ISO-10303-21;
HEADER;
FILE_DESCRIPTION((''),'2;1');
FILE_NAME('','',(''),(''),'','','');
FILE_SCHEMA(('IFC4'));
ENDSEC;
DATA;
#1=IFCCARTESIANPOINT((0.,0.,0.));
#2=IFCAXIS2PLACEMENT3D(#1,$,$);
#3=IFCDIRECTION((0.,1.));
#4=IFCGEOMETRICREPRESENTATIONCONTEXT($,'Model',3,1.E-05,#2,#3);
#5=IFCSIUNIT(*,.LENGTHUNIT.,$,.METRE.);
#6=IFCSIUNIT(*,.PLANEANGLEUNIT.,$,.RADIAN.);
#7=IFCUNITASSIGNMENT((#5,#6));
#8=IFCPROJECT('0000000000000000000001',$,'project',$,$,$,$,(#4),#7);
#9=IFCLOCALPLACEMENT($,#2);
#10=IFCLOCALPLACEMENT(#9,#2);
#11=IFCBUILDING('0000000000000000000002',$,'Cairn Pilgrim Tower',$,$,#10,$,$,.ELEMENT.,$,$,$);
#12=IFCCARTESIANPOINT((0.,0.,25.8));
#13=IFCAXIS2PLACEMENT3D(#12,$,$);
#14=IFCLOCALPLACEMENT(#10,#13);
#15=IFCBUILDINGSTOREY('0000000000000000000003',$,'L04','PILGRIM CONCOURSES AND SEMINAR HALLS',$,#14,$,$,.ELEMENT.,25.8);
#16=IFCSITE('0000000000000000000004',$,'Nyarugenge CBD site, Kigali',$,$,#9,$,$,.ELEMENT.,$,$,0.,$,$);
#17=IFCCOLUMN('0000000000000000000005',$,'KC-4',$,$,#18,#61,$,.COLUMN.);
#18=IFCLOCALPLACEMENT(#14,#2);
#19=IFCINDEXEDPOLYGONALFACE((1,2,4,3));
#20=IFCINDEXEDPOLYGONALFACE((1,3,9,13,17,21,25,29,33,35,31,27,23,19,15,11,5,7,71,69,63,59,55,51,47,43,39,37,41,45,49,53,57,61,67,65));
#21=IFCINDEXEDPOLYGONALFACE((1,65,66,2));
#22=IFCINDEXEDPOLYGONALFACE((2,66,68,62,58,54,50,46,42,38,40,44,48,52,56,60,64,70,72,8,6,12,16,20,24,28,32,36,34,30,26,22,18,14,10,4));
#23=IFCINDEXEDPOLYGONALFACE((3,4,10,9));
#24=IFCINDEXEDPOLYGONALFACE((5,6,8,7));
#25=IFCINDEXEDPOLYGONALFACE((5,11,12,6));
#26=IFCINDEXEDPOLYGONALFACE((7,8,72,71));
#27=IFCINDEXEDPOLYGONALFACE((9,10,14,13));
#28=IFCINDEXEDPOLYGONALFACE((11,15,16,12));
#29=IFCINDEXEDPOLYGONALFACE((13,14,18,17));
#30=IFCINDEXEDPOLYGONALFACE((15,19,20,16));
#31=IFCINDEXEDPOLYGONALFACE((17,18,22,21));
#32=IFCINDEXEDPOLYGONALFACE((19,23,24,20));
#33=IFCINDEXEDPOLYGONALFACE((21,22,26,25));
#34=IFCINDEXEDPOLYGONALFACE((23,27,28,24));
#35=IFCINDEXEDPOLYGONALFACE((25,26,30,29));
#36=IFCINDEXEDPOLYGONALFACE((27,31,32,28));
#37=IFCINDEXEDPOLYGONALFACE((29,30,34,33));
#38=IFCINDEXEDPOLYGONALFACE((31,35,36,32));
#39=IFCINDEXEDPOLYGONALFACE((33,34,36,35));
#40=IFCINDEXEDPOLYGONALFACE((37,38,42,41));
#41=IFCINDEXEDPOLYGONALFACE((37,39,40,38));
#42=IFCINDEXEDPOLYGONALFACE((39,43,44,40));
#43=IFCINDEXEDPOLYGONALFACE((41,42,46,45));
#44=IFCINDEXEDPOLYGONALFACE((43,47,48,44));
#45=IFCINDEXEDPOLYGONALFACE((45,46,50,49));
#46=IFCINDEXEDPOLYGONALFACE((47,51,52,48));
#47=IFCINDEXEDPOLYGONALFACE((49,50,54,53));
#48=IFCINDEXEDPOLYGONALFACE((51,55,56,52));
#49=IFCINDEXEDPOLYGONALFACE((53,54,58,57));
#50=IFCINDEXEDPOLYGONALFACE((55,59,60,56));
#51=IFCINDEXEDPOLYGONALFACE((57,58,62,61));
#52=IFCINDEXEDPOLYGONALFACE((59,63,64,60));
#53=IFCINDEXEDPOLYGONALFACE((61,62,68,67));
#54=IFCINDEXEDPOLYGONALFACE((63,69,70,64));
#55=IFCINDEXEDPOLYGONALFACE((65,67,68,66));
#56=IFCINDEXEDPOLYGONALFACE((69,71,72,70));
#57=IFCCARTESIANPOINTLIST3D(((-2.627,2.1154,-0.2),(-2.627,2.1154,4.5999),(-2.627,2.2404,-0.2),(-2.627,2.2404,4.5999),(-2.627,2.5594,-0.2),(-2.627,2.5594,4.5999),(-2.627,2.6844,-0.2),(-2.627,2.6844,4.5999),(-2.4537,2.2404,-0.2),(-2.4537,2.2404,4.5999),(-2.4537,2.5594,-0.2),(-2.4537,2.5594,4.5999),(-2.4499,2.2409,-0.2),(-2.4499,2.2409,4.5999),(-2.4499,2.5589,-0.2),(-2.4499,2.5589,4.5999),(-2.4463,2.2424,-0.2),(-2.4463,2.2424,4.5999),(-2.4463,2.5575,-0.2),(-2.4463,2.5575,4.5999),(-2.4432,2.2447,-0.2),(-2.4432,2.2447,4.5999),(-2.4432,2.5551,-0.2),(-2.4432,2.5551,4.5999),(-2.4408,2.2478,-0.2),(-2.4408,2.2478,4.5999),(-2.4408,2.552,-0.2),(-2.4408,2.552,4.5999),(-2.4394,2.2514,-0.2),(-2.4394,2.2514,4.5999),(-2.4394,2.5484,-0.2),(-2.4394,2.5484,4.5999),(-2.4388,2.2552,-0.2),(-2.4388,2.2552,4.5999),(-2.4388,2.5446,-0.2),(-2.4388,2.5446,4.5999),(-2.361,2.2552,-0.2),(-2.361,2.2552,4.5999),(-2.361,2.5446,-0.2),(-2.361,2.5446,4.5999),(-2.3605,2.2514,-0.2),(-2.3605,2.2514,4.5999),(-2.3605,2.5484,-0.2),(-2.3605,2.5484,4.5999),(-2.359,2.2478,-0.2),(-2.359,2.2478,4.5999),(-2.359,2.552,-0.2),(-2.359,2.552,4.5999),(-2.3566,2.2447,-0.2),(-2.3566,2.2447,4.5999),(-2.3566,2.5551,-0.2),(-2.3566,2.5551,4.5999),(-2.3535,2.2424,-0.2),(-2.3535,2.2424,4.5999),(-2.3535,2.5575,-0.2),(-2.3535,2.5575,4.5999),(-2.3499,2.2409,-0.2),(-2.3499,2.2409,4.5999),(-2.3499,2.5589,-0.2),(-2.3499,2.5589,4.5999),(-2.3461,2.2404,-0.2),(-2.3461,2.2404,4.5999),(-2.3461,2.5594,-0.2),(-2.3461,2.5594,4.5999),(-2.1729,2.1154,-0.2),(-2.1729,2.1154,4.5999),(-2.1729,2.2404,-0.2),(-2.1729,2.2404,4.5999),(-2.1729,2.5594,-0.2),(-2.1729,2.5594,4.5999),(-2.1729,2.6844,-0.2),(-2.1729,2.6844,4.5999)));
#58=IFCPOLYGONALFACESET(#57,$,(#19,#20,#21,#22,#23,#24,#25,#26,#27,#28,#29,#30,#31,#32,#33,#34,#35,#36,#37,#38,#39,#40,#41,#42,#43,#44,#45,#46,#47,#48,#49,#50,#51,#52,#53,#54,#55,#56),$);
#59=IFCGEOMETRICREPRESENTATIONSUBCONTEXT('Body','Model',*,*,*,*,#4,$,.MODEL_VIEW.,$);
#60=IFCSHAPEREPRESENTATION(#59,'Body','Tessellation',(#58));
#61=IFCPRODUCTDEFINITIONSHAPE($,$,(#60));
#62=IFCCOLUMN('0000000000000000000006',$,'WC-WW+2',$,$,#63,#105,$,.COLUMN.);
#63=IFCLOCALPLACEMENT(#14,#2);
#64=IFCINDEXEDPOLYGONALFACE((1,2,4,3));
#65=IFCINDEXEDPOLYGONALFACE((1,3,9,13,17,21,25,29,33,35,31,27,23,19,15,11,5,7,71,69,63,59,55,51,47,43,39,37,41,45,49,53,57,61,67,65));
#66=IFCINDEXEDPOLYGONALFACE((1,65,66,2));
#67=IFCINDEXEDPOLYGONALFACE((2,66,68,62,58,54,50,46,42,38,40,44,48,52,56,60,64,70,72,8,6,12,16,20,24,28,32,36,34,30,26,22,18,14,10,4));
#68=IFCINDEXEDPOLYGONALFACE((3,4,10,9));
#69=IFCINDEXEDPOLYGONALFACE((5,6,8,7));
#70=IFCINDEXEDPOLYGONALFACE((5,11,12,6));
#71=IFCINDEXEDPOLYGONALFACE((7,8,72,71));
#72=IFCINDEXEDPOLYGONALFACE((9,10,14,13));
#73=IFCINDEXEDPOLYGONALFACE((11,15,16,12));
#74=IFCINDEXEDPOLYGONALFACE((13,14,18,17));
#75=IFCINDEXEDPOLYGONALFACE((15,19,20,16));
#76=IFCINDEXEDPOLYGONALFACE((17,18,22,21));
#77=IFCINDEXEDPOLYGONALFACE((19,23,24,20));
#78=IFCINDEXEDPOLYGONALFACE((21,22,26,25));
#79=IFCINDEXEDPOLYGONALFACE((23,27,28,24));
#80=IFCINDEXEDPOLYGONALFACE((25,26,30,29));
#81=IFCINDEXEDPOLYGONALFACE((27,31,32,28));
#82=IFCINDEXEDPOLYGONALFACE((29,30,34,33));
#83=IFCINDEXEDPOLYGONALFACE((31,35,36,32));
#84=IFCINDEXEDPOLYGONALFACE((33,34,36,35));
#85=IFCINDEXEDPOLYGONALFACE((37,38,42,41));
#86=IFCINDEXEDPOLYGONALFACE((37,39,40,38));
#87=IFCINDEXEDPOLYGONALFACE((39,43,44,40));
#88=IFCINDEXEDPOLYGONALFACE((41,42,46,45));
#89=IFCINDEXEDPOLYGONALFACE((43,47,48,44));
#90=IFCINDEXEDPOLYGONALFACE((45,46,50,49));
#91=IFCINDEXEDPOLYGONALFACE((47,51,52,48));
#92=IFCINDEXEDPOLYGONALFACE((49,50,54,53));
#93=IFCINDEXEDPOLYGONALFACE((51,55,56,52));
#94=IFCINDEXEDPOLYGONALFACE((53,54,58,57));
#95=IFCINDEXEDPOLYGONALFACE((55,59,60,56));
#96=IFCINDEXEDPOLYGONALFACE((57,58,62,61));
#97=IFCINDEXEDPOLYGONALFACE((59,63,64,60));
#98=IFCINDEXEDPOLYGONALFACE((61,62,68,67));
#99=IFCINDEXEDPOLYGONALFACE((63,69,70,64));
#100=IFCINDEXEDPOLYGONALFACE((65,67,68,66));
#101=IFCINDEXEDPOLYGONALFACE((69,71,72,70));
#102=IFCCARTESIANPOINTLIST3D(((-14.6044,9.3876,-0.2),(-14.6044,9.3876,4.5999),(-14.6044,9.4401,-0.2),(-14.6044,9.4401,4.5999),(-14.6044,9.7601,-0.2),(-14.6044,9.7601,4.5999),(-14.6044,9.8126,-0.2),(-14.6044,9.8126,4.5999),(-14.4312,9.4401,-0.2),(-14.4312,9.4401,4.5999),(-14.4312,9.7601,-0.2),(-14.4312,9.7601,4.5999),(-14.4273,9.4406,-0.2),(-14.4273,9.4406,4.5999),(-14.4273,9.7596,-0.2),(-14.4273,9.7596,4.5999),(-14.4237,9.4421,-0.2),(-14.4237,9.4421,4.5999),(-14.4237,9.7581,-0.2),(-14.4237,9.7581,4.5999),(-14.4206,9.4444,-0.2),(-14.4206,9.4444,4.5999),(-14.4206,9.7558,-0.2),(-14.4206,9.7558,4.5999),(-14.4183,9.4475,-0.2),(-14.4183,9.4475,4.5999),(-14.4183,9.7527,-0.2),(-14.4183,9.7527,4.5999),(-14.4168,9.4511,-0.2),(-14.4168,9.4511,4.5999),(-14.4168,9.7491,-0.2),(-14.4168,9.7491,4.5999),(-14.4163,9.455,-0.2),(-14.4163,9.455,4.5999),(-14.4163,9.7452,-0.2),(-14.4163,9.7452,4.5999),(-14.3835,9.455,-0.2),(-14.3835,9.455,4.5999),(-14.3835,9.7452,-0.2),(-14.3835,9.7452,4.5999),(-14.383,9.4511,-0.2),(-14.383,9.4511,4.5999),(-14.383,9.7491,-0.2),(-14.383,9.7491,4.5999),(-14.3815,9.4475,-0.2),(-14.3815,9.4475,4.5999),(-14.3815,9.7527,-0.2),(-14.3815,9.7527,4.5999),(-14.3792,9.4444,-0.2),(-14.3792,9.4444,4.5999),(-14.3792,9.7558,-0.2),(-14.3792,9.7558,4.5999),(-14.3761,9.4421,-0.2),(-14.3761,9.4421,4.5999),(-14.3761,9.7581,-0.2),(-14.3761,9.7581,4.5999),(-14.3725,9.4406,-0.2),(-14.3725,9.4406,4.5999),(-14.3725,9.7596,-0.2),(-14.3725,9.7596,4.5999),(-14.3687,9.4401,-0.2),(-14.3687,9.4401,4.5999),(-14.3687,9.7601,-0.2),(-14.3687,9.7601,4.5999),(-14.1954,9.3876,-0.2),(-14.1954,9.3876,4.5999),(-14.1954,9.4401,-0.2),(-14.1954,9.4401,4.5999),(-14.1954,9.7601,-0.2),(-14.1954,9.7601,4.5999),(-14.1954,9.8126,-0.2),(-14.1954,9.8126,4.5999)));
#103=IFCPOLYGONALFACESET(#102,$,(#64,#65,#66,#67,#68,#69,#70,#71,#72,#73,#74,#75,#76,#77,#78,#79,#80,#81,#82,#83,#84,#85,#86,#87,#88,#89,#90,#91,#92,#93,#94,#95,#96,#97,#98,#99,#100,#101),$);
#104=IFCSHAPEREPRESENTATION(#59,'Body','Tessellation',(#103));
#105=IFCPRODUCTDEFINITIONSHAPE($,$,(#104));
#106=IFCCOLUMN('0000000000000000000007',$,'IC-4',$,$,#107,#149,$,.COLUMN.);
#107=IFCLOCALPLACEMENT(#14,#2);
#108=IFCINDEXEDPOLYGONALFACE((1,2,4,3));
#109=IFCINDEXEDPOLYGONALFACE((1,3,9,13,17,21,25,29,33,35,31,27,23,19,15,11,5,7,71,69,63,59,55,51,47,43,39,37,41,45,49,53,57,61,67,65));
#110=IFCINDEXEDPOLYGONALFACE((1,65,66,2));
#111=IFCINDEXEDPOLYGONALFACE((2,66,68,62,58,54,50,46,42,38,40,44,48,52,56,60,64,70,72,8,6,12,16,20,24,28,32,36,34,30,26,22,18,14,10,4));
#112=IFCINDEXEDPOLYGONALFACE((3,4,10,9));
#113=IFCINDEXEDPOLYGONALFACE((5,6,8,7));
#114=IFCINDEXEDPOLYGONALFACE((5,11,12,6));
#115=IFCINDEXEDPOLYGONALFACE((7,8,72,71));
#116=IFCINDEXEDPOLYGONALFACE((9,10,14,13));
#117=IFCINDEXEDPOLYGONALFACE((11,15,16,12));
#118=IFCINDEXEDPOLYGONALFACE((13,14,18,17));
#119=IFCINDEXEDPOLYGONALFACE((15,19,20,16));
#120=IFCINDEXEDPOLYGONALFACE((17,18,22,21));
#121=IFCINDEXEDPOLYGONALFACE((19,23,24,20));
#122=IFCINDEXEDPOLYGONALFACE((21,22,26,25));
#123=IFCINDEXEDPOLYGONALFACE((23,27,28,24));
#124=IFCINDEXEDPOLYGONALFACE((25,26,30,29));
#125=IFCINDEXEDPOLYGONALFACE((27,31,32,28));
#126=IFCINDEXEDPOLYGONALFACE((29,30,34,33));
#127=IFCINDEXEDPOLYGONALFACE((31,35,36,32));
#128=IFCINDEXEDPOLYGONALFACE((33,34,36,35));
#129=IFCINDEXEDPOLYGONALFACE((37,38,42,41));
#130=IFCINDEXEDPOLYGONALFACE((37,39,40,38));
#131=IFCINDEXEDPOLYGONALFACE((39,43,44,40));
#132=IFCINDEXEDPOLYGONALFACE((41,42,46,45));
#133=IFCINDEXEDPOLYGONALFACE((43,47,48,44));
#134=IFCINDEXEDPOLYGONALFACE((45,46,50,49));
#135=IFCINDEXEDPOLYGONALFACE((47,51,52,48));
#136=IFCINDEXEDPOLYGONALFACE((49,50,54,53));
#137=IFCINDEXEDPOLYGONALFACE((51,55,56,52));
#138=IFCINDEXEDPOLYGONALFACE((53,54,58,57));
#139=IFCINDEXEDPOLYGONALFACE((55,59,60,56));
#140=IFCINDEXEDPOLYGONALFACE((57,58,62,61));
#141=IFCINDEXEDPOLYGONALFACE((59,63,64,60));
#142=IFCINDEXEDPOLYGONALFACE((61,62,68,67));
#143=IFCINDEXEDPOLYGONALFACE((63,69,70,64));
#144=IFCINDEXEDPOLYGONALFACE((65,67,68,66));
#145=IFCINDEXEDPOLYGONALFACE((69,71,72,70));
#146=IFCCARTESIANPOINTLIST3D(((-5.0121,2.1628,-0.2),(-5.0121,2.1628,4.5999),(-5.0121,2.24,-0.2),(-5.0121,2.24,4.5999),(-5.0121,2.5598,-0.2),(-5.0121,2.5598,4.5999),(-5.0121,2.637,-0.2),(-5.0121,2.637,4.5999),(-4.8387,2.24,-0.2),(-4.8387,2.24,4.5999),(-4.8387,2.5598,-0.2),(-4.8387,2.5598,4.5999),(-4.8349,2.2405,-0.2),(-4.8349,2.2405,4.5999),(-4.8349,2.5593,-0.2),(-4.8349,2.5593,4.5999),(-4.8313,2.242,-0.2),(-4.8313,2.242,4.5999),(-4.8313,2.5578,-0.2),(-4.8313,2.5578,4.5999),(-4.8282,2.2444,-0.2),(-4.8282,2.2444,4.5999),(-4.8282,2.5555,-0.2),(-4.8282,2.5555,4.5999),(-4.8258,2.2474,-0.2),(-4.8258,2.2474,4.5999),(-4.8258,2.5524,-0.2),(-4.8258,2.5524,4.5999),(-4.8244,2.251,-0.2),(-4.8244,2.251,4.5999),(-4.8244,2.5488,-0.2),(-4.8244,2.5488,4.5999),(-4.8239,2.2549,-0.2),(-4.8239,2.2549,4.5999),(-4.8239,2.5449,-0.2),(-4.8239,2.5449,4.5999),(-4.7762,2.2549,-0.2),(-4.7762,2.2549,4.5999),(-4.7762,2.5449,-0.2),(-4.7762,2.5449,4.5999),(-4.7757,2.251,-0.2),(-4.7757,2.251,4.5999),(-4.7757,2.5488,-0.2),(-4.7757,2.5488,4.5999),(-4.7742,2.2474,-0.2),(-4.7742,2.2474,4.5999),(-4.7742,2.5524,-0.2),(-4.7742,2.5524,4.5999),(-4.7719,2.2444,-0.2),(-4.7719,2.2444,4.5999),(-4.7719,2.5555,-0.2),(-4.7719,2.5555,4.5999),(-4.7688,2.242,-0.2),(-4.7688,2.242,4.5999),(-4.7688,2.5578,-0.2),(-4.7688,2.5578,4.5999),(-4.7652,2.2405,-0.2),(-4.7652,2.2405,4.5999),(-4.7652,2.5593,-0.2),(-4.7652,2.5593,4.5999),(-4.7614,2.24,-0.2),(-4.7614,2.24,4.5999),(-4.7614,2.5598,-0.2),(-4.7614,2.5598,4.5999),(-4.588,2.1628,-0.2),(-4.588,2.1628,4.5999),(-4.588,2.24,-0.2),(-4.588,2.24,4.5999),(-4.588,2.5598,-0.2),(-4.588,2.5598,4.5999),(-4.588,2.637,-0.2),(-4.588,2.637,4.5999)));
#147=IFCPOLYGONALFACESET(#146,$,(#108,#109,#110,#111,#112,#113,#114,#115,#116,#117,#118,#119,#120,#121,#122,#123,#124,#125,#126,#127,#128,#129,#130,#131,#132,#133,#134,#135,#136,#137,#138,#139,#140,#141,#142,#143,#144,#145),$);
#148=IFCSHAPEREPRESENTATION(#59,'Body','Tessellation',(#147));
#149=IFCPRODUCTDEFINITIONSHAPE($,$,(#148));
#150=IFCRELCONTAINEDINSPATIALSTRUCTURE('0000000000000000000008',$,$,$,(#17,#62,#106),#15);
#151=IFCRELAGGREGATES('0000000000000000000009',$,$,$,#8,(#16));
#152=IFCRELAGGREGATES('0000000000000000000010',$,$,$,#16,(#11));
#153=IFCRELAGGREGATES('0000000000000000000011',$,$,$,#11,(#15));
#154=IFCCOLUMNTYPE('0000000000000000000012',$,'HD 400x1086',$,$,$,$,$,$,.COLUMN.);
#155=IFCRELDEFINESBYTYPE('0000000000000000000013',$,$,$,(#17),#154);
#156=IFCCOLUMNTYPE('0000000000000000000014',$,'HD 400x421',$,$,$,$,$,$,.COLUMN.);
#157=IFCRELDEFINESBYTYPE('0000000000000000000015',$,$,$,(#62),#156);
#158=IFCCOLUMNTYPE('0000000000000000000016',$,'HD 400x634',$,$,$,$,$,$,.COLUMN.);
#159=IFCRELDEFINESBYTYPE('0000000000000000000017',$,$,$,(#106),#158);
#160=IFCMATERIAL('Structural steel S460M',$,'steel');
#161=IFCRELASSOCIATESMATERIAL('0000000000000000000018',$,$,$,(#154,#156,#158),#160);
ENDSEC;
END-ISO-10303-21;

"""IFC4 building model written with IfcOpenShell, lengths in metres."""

from ifc_helpers import new_model, si_unit, direction, frame, origin, origin_2d, place, context, subcontext, project, spatial, i_section, extrude, material, material_profile, profile_set, type_object, element, save


model = new_model("IFC4")

# Units and contexts
model_context = context("Model", 3, precision=1e-05, world=origin(), true_north=direction((0.0, 1.0)))
body_context = subcontext(model_context, "Body", "Model", "MODEL_VIEW")
ifc_project = project(units=[si_unit("LENGTHUNIT", "METRE"), si_unit("PLANEANGLEUNIT", "RADIAN")], contexts=[model_context])

# Site, building, storey
site_placement = place(None, origin())
site = spatial("IfcSite", under=ifc_project, at=site_placement, Name="Nyarugenge CBD site, Kigali", CompositionType="ELEMENT", RefElevation=0.0)
building_placement = place(site_placement, origin())
building = spatial("IfcBuilding", under=site, at=building_placement, Name="Cairn Pilgrim Tower", CompositionType="ELEMENT")
storey_placement = place(building_placement, frame((0.0, 0.0, 25.8)))
storey = spatial("IfcBuildingStorey", under=building, at=storey_placement, Name="L04", Description="PILGRIM CONCOURSES AND SEMINAR HALLS", CompositionType="ELEMENT", Elevation=25.8)

# Columns
ifc_material_1 = material(Name="Structural steel S460M", Category="steel")
ifc_material_profile_1 = material_profile(ifc_material_1, i_section(OverallWidth=0.4541, OverallDepth=0.5691, WebThickness=0.0779, FlangeThickness=0.125, FilletRadius=0.0149, at=origin_2d()), Name="HD 400x1086")
ifc_profile_set_1 = profile_set([ifc_material_profile_1], Name="Structural steel S460M")
column_type_1 = type_object("IfcColumnType", Name="HD 400x1086", PredefinedType="COLUMN", material=ifc_profile_set_1)
column_1_placement = place(storey_placement, frame((-2.3999, 2.3999, -0.2), z_axis=(0.0, 0.0, 1.0), x_axis=(1.0, 0.0, 0.0)))
element("IfcColumn", 1, at=column_1_placement, inside=storey, type_object=column_type_1, Name="KC-4", PredefinedType="COLUMN", context=body_context, shape_type="SweptSolid", body=[
    extrude(i_section(OverallWidth=0.4541, OverallDepth=0.5691, WebThickness=0.0779, FlangeThickness=0.125, FilletRadius=0.0149, at=origin_2d()), origin(), (0.0, 0.0, 1.0), 4.7998),
])
ifc_material_profile_2 = material_profile(ifc_material_1, i_section(OverallWidth=0.4089, OverallDepth=0.425, WebThickness=0.0327, FlangeThickness=0.0525, FilletRadius=0.0149, at=origin_2d()), Name="HD 400x421")
ifc_profile_set_2 = profile_set([ifc_material_profile_2], Name="Structural steel S460M")
column_type_2 = type_object("IfcColumnType", Name="HD 400x421", PredefinedType="COLUMN", material=ifc_profile_set_2)
column_2_placement = place(storey_placement, frame((-14.3999, 9.6001, -0.2), z_axis=(0.0, 0.0, 1.0), x_axis=(1.0, 0.0, 0.0)))
element("IfcColumn", 2, at=column_2_placement, inside=storey, type_object=column_type_2, Name="WC-WW+2", PredefinedType="COLUMN", context=body_context, shape_type="SweptSolid", body=[
    extrude(i_section(OverallWidth=0.4089, OverallDepth=0.425, WebThickness=0.0327, FlangeThickness=0.0525, FilletRadius=0.0149, at=origin_2d()), origin(), (0.0, 0.0, 1.0), 4.7998),
])
ifc_material_profile_3 = material_profile(ifc_material_1, i_section(OverallWidth=0.4241, OverallDepth=0.4741, WebThickness=0.0476, FlangeThickness=0.0771, FilletRadius=0.0149, at=origin_2d()), Name="HD 400x634")
ifc_profile_set_3 = profile_set([ifc_material_profile_3], Name="Structural steel S460M")
column_type_3 = type_object("IfcColumnType", Name="HD 400x634", PredefinedType="COLUMN", material=ifc_profile_set_3)
column_3_placement = place(storey_placement, frame((-4.8, 2.3999, -0.2), z_axis=(0.0, 0.0, 1.0), x_axis=(1.0, 0.0, 0.0)))
element("IfcColumn", 3, at=column_3_placement, inside=storey, type_object=column_type_3, Name="IC-4", PredefinedType="COLUMN", context=body_context, shape_type="SweptSolid", body=[
    extrude(i_section(OverallWidth=0.4241, OverallDepth=0.4741, WebThickness=0.0476, FlangeThickness=0.0771, FilletRadius=0.0149, at=origin_2d()), origin(), (0.0, 0.0, 1.0), 4.7998),
])

save(model, "model.ifc")
